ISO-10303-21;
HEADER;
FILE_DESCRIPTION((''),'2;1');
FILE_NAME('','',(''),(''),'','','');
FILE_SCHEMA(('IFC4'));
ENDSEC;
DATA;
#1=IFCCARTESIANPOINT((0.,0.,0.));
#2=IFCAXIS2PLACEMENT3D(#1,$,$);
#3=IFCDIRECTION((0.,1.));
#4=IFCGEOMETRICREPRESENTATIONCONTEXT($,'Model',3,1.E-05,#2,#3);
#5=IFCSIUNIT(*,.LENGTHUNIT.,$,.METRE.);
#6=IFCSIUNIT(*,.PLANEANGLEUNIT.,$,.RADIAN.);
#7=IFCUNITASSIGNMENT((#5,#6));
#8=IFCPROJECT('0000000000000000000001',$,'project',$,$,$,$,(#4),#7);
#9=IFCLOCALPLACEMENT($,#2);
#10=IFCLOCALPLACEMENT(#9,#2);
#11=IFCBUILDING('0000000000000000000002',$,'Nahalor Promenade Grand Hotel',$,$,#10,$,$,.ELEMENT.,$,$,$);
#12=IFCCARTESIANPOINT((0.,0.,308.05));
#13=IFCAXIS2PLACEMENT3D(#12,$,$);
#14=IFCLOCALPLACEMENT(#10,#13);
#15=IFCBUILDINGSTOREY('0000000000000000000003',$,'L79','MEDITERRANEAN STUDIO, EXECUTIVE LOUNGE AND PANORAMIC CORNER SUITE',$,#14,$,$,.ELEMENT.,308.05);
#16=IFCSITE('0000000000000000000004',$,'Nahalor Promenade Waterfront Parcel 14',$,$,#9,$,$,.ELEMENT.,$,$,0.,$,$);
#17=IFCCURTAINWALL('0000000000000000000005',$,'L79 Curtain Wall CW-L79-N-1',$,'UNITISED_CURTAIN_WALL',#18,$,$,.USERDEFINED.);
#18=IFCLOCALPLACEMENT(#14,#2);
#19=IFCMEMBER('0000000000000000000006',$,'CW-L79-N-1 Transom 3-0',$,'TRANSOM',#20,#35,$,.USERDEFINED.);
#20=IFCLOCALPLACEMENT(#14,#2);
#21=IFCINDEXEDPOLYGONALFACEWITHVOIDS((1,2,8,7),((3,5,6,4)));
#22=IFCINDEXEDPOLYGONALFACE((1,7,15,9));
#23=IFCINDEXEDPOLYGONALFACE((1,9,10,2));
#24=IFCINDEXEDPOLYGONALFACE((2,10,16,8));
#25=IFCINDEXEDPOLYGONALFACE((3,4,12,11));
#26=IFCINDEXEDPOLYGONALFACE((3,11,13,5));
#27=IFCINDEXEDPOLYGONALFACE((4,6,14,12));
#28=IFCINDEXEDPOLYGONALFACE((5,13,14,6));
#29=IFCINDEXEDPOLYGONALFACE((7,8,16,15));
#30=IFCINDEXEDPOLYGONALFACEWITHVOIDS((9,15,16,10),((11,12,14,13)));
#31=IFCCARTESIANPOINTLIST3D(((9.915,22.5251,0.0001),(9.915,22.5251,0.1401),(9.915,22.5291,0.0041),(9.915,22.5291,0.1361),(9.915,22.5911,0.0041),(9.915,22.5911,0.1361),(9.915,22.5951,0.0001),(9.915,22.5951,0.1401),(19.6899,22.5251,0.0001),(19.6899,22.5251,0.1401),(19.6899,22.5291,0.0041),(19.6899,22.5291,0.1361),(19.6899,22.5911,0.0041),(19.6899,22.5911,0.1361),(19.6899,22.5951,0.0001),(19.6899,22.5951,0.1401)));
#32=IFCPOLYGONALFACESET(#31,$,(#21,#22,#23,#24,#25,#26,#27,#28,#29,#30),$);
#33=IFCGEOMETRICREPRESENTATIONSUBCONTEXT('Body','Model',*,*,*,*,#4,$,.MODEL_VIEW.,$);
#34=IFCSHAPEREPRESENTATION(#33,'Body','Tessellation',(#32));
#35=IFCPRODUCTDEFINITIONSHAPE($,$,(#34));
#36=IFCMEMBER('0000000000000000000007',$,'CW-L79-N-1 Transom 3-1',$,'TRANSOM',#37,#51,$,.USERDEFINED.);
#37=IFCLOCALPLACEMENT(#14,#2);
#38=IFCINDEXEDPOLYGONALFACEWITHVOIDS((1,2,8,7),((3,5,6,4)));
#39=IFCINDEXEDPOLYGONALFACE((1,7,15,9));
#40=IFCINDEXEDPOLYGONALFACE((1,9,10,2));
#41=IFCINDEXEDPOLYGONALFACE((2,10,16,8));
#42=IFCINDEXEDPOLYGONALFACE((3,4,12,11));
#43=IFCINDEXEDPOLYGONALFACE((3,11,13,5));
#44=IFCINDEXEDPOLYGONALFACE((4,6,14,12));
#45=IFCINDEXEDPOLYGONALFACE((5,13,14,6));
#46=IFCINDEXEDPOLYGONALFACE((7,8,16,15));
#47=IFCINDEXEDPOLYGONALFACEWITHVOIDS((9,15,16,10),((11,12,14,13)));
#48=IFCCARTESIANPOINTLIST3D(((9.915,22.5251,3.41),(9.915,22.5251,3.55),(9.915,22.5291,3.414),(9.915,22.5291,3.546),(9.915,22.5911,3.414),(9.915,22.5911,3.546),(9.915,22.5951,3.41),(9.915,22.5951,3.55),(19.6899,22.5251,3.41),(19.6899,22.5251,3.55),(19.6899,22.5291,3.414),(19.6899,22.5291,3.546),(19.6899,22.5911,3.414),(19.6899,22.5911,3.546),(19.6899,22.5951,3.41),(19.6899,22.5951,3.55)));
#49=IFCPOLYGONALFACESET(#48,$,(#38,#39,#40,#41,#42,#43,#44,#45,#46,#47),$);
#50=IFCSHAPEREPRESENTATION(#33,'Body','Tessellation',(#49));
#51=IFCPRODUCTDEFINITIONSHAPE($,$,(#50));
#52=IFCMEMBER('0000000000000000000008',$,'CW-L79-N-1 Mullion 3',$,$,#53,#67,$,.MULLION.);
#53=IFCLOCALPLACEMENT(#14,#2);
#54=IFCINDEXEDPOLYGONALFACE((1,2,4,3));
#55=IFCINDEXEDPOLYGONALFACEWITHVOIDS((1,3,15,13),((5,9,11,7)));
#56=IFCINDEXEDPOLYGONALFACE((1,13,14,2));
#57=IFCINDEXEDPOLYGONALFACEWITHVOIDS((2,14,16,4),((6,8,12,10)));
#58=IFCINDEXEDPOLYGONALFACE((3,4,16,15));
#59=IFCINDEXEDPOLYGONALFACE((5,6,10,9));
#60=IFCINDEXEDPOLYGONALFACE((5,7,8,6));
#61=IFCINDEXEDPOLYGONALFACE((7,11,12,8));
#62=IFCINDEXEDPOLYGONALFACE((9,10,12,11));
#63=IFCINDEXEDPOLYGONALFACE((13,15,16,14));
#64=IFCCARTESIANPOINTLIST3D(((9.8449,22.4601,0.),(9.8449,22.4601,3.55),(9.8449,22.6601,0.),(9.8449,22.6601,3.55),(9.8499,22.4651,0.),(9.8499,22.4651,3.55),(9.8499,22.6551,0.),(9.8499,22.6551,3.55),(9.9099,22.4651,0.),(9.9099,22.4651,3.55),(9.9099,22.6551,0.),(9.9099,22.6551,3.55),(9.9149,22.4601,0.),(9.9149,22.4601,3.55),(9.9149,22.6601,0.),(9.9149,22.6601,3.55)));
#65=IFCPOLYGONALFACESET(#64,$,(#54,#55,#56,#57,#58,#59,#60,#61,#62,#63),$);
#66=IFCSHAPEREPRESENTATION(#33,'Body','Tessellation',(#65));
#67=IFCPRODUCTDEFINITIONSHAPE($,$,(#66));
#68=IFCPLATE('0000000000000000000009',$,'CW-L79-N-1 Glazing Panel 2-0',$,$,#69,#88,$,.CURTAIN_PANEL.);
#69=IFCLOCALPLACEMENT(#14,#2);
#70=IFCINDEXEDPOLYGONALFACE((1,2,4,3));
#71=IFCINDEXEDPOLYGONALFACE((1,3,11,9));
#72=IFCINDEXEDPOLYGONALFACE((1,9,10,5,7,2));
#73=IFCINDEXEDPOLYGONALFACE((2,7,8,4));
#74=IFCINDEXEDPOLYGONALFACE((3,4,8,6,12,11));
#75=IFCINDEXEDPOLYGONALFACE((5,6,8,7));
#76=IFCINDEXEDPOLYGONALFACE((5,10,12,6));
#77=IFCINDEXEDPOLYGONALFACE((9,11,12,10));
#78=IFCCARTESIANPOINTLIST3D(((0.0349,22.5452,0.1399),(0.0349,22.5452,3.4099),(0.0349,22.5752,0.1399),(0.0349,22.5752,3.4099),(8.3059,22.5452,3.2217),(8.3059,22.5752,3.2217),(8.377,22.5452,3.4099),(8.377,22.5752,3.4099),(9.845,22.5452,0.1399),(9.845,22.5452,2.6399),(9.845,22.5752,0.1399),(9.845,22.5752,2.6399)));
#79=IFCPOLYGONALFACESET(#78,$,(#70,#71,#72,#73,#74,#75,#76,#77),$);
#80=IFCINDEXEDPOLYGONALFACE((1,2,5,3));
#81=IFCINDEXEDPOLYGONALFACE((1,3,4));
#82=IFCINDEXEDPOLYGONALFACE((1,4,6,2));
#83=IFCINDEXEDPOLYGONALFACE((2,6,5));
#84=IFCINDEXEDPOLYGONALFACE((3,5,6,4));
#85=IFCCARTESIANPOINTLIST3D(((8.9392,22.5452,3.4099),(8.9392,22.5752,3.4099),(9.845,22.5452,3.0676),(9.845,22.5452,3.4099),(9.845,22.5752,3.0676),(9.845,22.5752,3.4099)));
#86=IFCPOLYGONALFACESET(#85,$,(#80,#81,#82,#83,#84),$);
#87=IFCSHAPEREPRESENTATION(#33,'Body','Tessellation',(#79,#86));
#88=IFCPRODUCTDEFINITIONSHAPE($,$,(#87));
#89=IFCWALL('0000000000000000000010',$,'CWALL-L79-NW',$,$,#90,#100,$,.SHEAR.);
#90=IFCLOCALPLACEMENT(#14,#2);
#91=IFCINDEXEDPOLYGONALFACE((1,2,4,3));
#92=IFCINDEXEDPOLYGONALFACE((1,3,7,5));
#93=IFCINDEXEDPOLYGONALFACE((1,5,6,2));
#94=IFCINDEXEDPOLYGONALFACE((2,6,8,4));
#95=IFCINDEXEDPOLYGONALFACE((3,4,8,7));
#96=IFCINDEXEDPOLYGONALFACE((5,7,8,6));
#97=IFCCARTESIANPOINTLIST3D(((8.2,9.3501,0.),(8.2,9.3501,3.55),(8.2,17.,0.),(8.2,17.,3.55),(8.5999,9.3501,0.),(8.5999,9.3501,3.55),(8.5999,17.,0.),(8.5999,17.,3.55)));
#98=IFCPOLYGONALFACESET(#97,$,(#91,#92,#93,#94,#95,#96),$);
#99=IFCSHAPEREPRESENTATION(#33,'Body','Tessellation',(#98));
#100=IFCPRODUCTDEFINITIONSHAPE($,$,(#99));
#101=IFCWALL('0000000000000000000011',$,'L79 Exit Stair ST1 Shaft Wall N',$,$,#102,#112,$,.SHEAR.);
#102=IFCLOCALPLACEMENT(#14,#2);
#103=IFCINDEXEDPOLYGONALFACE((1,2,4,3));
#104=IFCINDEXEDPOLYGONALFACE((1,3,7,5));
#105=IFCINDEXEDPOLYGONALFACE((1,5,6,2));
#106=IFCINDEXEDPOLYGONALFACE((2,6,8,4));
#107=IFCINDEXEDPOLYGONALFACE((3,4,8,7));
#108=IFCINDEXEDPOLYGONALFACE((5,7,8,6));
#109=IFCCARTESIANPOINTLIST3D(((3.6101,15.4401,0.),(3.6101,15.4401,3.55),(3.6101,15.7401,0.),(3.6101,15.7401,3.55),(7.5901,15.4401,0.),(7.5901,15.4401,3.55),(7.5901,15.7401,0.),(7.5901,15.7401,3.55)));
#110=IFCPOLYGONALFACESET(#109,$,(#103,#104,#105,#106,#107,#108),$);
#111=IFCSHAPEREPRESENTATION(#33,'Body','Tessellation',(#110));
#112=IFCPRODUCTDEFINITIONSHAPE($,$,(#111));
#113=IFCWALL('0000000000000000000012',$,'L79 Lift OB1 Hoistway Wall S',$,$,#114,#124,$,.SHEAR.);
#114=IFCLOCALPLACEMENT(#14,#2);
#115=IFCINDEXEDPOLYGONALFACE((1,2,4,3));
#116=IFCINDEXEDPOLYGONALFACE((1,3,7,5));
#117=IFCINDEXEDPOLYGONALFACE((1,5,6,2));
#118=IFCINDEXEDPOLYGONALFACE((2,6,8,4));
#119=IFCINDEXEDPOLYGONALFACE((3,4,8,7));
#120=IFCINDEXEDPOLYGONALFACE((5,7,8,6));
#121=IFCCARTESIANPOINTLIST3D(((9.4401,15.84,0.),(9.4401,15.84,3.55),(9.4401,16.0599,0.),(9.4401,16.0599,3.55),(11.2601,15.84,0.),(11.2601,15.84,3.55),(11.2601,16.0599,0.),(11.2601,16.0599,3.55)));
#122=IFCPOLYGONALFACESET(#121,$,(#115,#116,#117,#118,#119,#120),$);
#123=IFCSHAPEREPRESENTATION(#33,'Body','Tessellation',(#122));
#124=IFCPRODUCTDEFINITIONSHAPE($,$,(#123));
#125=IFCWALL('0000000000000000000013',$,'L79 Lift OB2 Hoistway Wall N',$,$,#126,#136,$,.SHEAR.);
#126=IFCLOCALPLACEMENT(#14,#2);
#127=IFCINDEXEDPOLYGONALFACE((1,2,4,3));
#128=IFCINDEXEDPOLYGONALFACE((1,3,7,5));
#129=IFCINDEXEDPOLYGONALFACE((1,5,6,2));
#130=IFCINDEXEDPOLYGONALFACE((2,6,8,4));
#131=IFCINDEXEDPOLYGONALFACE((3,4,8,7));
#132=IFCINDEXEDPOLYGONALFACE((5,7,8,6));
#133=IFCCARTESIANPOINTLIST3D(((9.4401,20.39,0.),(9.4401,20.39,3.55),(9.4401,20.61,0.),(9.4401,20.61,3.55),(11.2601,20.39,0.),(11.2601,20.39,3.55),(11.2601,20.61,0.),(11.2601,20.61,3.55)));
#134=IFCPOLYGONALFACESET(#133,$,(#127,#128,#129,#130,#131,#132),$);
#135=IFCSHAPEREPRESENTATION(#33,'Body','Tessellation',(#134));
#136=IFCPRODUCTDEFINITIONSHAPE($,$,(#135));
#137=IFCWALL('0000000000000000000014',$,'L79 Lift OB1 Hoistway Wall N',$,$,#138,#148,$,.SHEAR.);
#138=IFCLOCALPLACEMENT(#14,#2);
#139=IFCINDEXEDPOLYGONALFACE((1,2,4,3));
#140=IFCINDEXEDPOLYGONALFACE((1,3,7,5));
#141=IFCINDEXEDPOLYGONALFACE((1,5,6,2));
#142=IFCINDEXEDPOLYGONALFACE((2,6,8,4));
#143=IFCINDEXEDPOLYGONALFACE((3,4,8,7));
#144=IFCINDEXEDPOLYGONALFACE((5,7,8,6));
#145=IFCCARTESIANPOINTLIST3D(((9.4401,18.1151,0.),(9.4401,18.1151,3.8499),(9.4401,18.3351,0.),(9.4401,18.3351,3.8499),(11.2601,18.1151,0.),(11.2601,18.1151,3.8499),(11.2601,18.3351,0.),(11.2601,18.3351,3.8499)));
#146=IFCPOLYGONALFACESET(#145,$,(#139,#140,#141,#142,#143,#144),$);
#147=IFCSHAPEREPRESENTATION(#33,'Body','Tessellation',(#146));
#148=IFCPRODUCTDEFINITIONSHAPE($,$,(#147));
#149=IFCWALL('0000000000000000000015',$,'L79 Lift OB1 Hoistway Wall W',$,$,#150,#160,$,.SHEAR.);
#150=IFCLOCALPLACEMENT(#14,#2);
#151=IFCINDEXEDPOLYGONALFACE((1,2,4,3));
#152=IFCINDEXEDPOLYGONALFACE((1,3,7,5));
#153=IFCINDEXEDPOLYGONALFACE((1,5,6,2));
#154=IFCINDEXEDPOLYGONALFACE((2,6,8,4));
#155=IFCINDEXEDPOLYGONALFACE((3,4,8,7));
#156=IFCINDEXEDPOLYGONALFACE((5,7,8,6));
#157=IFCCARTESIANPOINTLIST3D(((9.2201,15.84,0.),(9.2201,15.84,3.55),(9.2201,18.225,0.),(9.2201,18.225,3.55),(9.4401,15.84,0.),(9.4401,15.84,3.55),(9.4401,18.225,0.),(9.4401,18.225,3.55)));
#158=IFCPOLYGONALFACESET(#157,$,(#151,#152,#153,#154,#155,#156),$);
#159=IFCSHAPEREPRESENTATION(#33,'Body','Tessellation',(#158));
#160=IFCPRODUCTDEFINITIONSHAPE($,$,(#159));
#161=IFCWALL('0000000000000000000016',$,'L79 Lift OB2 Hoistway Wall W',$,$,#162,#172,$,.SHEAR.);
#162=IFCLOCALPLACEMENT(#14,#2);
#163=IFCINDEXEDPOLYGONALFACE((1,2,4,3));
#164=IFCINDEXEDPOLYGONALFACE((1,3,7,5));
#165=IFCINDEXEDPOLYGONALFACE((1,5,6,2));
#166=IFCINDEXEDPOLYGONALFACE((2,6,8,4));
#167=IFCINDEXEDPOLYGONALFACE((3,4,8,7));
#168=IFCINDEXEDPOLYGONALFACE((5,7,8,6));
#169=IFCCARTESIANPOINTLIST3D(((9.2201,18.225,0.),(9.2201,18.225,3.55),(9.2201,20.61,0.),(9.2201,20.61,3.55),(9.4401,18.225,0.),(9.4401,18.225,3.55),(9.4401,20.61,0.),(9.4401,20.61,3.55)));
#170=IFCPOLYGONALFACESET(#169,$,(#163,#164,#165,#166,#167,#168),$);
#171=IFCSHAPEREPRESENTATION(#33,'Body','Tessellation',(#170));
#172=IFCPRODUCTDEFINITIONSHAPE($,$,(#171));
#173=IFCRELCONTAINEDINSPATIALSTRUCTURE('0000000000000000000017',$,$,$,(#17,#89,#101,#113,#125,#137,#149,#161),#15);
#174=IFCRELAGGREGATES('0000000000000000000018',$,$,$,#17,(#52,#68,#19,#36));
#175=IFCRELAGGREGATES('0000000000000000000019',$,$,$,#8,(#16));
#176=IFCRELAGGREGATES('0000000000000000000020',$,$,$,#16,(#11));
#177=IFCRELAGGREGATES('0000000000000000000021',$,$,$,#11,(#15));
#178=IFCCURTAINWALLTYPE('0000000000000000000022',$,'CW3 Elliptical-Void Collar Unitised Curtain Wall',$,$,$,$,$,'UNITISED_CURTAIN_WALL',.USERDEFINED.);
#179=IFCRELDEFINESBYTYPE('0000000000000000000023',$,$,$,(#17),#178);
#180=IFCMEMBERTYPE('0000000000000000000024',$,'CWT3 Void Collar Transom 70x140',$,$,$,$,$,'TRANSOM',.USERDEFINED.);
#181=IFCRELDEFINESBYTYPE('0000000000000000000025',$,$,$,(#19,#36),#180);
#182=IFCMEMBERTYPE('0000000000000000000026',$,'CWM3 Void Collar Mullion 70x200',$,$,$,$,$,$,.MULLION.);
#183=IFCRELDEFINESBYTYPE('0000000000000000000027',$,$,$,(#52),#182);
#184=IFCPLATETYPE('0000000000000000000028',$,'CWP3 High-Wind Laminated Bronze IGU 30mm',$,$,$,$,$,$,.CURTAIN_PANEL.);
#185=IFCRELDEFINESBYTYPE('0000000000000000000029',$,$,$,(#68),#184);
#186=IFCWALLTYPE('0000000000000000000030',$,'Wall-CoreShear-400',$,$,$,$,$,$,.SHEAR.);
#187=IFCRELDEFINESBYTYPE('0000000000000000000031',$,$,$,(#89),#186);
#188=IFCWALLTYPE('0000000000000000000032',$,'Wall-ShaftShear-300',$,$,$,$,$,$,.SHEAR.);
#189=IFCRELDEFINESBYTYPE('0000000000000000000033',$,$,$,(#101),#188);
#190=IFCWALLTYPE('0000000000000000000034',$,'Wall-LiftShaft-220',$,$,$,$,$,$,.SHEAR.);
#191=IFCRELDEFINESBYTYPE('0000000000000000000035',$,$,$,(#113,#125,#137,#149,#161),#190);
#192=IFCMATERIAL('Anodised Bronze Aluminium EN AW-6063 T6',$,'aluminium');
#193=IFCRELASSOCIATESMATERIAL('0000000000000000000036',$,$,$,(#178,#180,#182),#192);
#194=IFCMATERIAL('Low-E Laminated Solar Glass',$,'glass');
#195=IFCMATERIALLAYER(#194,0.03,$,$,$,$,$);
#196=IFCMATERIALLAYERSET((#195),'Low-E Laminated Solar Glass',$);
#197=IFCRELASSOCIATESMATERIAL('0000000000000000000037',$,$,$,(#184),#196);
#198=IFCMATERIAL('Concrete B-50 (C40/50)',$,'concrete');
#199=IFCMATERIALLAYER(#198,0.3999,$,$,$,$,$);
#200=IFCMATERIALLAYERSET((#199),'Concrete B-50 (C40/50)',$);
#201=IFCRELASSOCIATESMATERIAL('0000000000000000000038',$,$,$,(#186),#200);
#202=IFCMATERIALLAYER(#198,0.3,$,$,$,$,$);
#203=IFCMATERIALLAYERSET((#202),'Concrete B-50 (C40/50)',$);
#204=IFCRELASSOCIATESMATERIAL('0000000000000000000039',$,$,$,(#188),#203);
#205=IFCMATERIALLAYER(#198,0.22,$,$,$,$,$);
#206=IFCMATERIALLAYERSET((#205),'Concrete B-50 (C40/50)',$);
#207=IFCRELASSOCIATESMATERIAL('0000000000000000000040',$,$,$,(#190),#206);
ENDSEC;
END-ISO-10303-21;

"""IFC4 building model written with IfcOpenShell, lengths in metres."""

from ifc_helpers import new_model, si_unit, direction, frame, frame_2d, origin, origin_2d, place, context, subcontext, project, spatial, polyline, rectangle, hollow_rectangle, outline, extrude, source, transform, mapped, material, layer, layer_set, material_profile, profile_set, type_object, element, aggregate, save


model = new_model("IFC4")

# Units and contexts
model_context = context("Model", 3, precision=1e-05, world=origin(), true_north=direction((0.0, 1.0)))
body_context = subcontext(model_context, "Body", "Model", "MODEL_VIEW")
ifc_project = project(units=[si_unit("LENGTHUNIT", "METRE"), si_unit("PLANEANGLEUNIT", "RADIAN")], contexts=[model_context])

# Site, building, storey
site_placement = place(None, origin())
site = spatial("IfcSite", under=ifc_project, at=site_placement, Name="Nahalor Promenade Waterfront Parcel 14", CompositionType="ELEMENT", RefElevation=0.0)
building_placement = place(site_placement, origin())
building = spatial("IfcBuilding", under=site, at=building_placement, Name="Nahalor Promenade Grand Hotel", CompositionType="ELEMENT")
storey_placement = place(building_placement, frame((0.0, 0.0, 308.05)))
storey = spatial("IfcBuildingStorey", under=building, at=storey_placement, Name="L79", Description="MEDITERRANEAN STUDIO, EXECUTIVE LOUNGE AND PANORAMIC CORNER SUITE", CompositionType="ELEMENT", Elevation=308.05)

# Shared definitions
ifc_material_1 = material(Name="Concrete B-50 (C40/50)", Category="concrete")

# Curtain wall, members, plate
ifc_material_2 = material(Name="Anodised Bronze Aluminium EN AW-6063 T6", Category="aluminium")
curtain_wall_type = type_object("IfcCurtainWallType", Name="CW3 Elliptical-Void Collar Unitised Curtain Wall", ElementType="UNITISED_CURTAIN_WALL", PredefinedType="USERDEFINED", material=ifc_material_2)
curtain_wall_placement = place(storey_placement, origin())
curtain_wall = element("IfcCurtainWall", 1, at=curtain_wall_placement, inside=storey, type_object=curtain_wall_type, Name="L79 Curtain Wall CW-L79-N-1", ObjectType="UNITISED_CURTAIN_WALL", PredefinedType="USERDEFINED")
ifc_material_profile_1 = material_profile(ifc_material_2, hollow_rectangle(XDim=0.07, YDim=0.14, WallThickness=0.004, at=origin_2d()), Name="CWT 70x140x4")
ifc_profile_set_1 = profile_set([ifc_material_profile_1], Name="Anodised Bronze Aluminium EN AW-6063 T6")
member_type_1 = type_object("IfcMemberType", Name="CWT3 Void Collar Transom 70x140", ElementType="TRANSOM", PredefinedType="USERDEFINED", material=ifc_profile_set_1)
shared_shape_1 = source(origin(), body_context, "Body", "SweptSolid", [
    extrude(hollow_rectangle(XDim=0.07, YDim=0.14, WallThickness=0.004, at=origin_2d()), origin(), (0.0, 0.0, 1.0), 9.7749),
])
member_1_placement = place(storey_placement, frame((9.915, 22.5601, 0.0701), z_axis=(1.0, 0.0, 0.0), x_axis=(0.0, 1.0, 0.0)))
member_1 = element("IfcMember", 2, at=member_1_placement, type_object=member_type_1, Name="CW-L79-N-1 Transom 3-0", ObjectType="TRANSOM", PredefinedType="USERDEFINED", context=body_context, shape_type="MappedRepresentation", body=[
    mapped(shared_shape_1, transform((0.0, 0.0, 0.0), scale=1.0)),
])
member_2_placement = place(storey_placement, frame((9.915, 22.5601, 3.48), z_axis=(1.0, 0.0, 0.0), x_axis=(0.0, 1.0, 0.0)))
member_2 = element("IfcMember", 3, at=member_2_placement, type_object=member_type_1, Name="CW-L79-N-1 Transom 3-1", ObjectType="TRANSOM", PredefinedType="USERDEFINED", context=body_context, shape_type="MappedRepresentation", body=[
    mapped(shared_shape_1, transform((0.0, 0.0, 0.0), scale=1.0)),
])
ifc_material_profile_2 = material_profile(ifc_material_2, hollow_rectangle(XDim=0.07, YDim=0.2, WallThickness=0.005, at=origin_2d()), Name="CWM 70x200x5")
ifc_profile_set_2 = profile_set([ifc_material_profile_2], Name="Anodised Bronze Aluminium EN AW-6063 T6")
member_type_2 = type_object("IfcMemberType", Name="CWM3 Void Collar Mullion 70x200", PredefinedType="MULLION", material=ifc_profile_set_2)
shared_shape_2 = source(origin(), body_context, "Body", "SweptSolid", [
    extrude(hollow_rectangle(XDim=0.07, YDim=0.2, WallThickness=0.005, at=origin_2d()), origin(), (0.0, 0.0, 1.0), 3.55),
])
member_3_placement = place(storey_placement, frame((9.8799, 22.5601, 0.0), z_axis=(0.0, 0.0, 1.0), x_axis=(1.0, 0.0, 0.0)))
member_3 = element("IfcMember", 4, at=member_3_placement, type_object=member_type_2, Name="CW-L79-N-1 Mullion 3", PredefinedType="MULLION", context=body_context, shape_type="MappedRepresentation", body=[
    mapped(shared_shape_2, transform((0.0, 0.0, 0.0), scale=1.0)),
])
ifc_material_3 = material(Name="Low-E Laminated Solar Glass", Category="glass")
ifc_layer_1 = layer(ifc_material_3, 0.03)
ifc_layer_set_1 = layer_set([ifc_layer_1], Name="Low-E Laminated Solar Glass")
plate_type = type_object("IfcPlateType", Name="CWP3 High-Wind Laminated Bronze IGU 30mm", PredefinedType="CURTAIN_PANEL", material=ifc_layer_set_1)
plate_placement = place(storey_placement, frame((4.9399, 22.5601, 0.1399), z_axis=(0.0, 0.0, 1.0), x_axis=(1.0, 0.0, 0.0)))
plate = element("IfcPlate", 5, at=plate_placement, type_object=plate_type, Name="CW-L79-N-1 Glazing Panel 2-0", PredefinedType="CURTAIN_PANEL", context=body_context, shape_type="SweptSolid", body=[
    extrude(outline(polyline([(-4.905, 0.0), (4.905, 0.0), (4.905, 2.5), (3.366, 3.0818), (3.437, 3.27), (-4.905, 3.27), (-4.905, 0.0)])), frame((0.0, 0.0151, 0.0), z_axis=(0.0, -1.0, 0.0), x_axis=(1.0, 0.0, 0.0)), (0.0, 0.0, 1.0), 0.03),
    extrude(outline(polyline([(4.905, 2.9277), (4.905, 3.27), (3.9993, 3.27), (4.905, 2.9277)])), frame((0.0, 0.0151, 0.0), z_axis=(0.0, -1.0, 0.0), x_axis=(1.0, 0.0, 0.0)), (0.0, 0.0, 1.0), 0.03),
])
aggregate(curtain_wall, [member_3, plate, member_1, member_2])

# Walls
ifc_layer_2 = layer(ifc_material_1, 0.3999)
ifc_layer_set_2 = layer_set([ifc_layer_2], Name="Concrete B-50 (C40/50)")
wall_type_1 = type_object("IfcWallType", Name="Wall-CoreShear-400", PredefinedType="SHEAR", material=ifc_layer_set_2)
shared_shape_3 = source(origin(), body_context, "Body", "SweptSolid", [
    extrude(rectangle(XDim=7.6499, YDim=0.3999, at=frame_2d((3.825, 0.0))), origin(), (0.0, 0.0, 1.0), 3.55),
])
wall_1_placement = place(storey_placement, frame((8.3999, 9.3501, 0.0), z_axis=(0.0, 0.0, 1.0), x_axis=(0.0, 1.0, 0.0)))
element("IfcWall", 6, at=wall_1_placement, inside=storey, type_object=wall_type_1, Name="CWALL-L79-NW", PredefinedType="SHEAR", context=body_context, shape_type="MappedRepresentation", body=[
    mapped(shared_shape_3, transform((0.0, 0.0, 0.0), scale=1.0)),
])
ifc_layer_3 = layer(ifc_material_1, 0.3)
ifc_layer_set_3 = layer_set([ifc_layer_3], Name="Concrete B-50 (C40/50)")
wall_type_2 = type_object("IfcWallType", Name="Wall-ShaftShear-300", PredefinedType="SHEAR", material=ifc_layer_set_3)
shared_shape_4 = source(origin(), body_context, "Body", "SweptSolid", [
    extrude(rectangle(XDim=3.98, YDim=0.3, at=frame_2d((1.99, 0.0))), origin(), (0.0, 0.0, 1.0), 3.55),
])
wall_2_placement = place(storey_placement, frame((3.6101, 15.5901, 0.0), z_axis=(0.0, 0.0, 1.0), x_axis=(1.0, 0.0, 0.0)))
element("IfcWall", 7, at=wall_2_placement, inside=storey, type_object=wall_type_2, Name="L79 Exit Stair ST1 Shaft Wall N", PredefinedType="SHEAR", context=body_context, shape_type="MappedRepresentation", body=[
    mapped(shared_shape_4, transform((0.0, 0.0, 0.0), scale=1.0)),
])
ifc_layer_4 = layer(ifc_material_1, 0.22)
ifc_layer_set_4 = layer_set([ifc_layer_4], Name="Concrete B-50 (C40/50)")
wall_type_3 = type_object("IfcWallType", Name="Wall-LiftShaft-220", PredefinedType="SHEAR", material=ifc_layer_set_4)
shared_shape_5 = source(origin(), body_context, "Body", "SweptSolid", [
    extrude(rectangle(XDim=1.8201, YDim=0.22, at=frame_2d((0.9102, 0.0))), origin(), (0.0, 0.0, 1.0), 3.55),
])
for number, where, z_axis, x_axis, name in (
    (8, (9.4399, 15.95, 0.0), (0.0, 0.0, 1.0), (1.0, 0.0, 0.0), "L79 Lift OB1 Hoistway Wall S"),
    (9, (9.4399, 20.5, 0.0), (0.0, 0.0, 1.0), (1.0, 0.0, 0.0), "L79 Lift OB2 Hoistway Wall N"),
):
    element("IfcWall", number, at=place(storey_placement, frame(where, z_axis=z_axis, x_axis=x_axis)), inside=storey, type_object=wall_type_3, Name=name, PredefinedType="SHEAR", context=body_context, shape_type="MappedRepresentation", body=[
        mapped(shared_shape_5, transform((0.0, 0.0, 0.0), scale=1.0)),
    ])
shared_shape_6 = source(origin(), body_context, "Body", "SweptSolid", [
    extrude(rectangle(XDim=1.8201, YDim=0.22, at=frame_2d((0.9102, 0.0))), origin(), (0.0, 0.0, 1.0), 3.8499),
])
wall_3_placement = place(storey_placement, frame((9.4399, 18.2251, 0.0), z_axis=(0.0, 0.0, 1.0), x_axis=(1.0, 0.0, 0.0)))
element("IfcWall", 10, at=wall_3_placement, inside=storey, type_object=wall_type_3, Name="L79 Lift OB1 Hoistway Wall N", PredefinedType="SHEAR", context=body_context, shape_type="MappedRepresentation", body=[
    mapped(shared_shape_6, transform((0.0, 0.0, 0.0), scale=1.0)),
])
shared_shape_7 = source(origin(), body_context, "Body", "SweptSolid", [
    extrude(rectangle(XDim=2.385, YDim=0.22, at=frame_2d((1.1924, 0.0))), origin(), (0.0, 0.0, 1.0), 3.55),
])
for number, where, z_axis, x_axis, name in (
    (11, (9.3301, 15.8401, 0.0), (0.0, 0.0, 1.0), (0.0, 1.0, 0.0), "L79 Lift OB1 Hoistway Wall W"),
    (12, (9.3301, 18.2251, 0.0), (0.0, 0.0, 1.0), (0.0, 1.0, 0.0), "L79 Lift OB2 Hoistway Wall W"),
):
    element("IfcWall", number, at=place(storey_placement, frame(where, z_axis=z_axis, x_axis=x_axis)), inside=storey, type_object=wall_type_3, Name=name, PredefinedType="SHEAR", context=body_context, shape_type="MappedRepresentation", body=[
        mapped(shared_shape_7, transform((0.0, 0.0, 0.0), scale=1.0)),
    ])

save(model, "model.ifc")
